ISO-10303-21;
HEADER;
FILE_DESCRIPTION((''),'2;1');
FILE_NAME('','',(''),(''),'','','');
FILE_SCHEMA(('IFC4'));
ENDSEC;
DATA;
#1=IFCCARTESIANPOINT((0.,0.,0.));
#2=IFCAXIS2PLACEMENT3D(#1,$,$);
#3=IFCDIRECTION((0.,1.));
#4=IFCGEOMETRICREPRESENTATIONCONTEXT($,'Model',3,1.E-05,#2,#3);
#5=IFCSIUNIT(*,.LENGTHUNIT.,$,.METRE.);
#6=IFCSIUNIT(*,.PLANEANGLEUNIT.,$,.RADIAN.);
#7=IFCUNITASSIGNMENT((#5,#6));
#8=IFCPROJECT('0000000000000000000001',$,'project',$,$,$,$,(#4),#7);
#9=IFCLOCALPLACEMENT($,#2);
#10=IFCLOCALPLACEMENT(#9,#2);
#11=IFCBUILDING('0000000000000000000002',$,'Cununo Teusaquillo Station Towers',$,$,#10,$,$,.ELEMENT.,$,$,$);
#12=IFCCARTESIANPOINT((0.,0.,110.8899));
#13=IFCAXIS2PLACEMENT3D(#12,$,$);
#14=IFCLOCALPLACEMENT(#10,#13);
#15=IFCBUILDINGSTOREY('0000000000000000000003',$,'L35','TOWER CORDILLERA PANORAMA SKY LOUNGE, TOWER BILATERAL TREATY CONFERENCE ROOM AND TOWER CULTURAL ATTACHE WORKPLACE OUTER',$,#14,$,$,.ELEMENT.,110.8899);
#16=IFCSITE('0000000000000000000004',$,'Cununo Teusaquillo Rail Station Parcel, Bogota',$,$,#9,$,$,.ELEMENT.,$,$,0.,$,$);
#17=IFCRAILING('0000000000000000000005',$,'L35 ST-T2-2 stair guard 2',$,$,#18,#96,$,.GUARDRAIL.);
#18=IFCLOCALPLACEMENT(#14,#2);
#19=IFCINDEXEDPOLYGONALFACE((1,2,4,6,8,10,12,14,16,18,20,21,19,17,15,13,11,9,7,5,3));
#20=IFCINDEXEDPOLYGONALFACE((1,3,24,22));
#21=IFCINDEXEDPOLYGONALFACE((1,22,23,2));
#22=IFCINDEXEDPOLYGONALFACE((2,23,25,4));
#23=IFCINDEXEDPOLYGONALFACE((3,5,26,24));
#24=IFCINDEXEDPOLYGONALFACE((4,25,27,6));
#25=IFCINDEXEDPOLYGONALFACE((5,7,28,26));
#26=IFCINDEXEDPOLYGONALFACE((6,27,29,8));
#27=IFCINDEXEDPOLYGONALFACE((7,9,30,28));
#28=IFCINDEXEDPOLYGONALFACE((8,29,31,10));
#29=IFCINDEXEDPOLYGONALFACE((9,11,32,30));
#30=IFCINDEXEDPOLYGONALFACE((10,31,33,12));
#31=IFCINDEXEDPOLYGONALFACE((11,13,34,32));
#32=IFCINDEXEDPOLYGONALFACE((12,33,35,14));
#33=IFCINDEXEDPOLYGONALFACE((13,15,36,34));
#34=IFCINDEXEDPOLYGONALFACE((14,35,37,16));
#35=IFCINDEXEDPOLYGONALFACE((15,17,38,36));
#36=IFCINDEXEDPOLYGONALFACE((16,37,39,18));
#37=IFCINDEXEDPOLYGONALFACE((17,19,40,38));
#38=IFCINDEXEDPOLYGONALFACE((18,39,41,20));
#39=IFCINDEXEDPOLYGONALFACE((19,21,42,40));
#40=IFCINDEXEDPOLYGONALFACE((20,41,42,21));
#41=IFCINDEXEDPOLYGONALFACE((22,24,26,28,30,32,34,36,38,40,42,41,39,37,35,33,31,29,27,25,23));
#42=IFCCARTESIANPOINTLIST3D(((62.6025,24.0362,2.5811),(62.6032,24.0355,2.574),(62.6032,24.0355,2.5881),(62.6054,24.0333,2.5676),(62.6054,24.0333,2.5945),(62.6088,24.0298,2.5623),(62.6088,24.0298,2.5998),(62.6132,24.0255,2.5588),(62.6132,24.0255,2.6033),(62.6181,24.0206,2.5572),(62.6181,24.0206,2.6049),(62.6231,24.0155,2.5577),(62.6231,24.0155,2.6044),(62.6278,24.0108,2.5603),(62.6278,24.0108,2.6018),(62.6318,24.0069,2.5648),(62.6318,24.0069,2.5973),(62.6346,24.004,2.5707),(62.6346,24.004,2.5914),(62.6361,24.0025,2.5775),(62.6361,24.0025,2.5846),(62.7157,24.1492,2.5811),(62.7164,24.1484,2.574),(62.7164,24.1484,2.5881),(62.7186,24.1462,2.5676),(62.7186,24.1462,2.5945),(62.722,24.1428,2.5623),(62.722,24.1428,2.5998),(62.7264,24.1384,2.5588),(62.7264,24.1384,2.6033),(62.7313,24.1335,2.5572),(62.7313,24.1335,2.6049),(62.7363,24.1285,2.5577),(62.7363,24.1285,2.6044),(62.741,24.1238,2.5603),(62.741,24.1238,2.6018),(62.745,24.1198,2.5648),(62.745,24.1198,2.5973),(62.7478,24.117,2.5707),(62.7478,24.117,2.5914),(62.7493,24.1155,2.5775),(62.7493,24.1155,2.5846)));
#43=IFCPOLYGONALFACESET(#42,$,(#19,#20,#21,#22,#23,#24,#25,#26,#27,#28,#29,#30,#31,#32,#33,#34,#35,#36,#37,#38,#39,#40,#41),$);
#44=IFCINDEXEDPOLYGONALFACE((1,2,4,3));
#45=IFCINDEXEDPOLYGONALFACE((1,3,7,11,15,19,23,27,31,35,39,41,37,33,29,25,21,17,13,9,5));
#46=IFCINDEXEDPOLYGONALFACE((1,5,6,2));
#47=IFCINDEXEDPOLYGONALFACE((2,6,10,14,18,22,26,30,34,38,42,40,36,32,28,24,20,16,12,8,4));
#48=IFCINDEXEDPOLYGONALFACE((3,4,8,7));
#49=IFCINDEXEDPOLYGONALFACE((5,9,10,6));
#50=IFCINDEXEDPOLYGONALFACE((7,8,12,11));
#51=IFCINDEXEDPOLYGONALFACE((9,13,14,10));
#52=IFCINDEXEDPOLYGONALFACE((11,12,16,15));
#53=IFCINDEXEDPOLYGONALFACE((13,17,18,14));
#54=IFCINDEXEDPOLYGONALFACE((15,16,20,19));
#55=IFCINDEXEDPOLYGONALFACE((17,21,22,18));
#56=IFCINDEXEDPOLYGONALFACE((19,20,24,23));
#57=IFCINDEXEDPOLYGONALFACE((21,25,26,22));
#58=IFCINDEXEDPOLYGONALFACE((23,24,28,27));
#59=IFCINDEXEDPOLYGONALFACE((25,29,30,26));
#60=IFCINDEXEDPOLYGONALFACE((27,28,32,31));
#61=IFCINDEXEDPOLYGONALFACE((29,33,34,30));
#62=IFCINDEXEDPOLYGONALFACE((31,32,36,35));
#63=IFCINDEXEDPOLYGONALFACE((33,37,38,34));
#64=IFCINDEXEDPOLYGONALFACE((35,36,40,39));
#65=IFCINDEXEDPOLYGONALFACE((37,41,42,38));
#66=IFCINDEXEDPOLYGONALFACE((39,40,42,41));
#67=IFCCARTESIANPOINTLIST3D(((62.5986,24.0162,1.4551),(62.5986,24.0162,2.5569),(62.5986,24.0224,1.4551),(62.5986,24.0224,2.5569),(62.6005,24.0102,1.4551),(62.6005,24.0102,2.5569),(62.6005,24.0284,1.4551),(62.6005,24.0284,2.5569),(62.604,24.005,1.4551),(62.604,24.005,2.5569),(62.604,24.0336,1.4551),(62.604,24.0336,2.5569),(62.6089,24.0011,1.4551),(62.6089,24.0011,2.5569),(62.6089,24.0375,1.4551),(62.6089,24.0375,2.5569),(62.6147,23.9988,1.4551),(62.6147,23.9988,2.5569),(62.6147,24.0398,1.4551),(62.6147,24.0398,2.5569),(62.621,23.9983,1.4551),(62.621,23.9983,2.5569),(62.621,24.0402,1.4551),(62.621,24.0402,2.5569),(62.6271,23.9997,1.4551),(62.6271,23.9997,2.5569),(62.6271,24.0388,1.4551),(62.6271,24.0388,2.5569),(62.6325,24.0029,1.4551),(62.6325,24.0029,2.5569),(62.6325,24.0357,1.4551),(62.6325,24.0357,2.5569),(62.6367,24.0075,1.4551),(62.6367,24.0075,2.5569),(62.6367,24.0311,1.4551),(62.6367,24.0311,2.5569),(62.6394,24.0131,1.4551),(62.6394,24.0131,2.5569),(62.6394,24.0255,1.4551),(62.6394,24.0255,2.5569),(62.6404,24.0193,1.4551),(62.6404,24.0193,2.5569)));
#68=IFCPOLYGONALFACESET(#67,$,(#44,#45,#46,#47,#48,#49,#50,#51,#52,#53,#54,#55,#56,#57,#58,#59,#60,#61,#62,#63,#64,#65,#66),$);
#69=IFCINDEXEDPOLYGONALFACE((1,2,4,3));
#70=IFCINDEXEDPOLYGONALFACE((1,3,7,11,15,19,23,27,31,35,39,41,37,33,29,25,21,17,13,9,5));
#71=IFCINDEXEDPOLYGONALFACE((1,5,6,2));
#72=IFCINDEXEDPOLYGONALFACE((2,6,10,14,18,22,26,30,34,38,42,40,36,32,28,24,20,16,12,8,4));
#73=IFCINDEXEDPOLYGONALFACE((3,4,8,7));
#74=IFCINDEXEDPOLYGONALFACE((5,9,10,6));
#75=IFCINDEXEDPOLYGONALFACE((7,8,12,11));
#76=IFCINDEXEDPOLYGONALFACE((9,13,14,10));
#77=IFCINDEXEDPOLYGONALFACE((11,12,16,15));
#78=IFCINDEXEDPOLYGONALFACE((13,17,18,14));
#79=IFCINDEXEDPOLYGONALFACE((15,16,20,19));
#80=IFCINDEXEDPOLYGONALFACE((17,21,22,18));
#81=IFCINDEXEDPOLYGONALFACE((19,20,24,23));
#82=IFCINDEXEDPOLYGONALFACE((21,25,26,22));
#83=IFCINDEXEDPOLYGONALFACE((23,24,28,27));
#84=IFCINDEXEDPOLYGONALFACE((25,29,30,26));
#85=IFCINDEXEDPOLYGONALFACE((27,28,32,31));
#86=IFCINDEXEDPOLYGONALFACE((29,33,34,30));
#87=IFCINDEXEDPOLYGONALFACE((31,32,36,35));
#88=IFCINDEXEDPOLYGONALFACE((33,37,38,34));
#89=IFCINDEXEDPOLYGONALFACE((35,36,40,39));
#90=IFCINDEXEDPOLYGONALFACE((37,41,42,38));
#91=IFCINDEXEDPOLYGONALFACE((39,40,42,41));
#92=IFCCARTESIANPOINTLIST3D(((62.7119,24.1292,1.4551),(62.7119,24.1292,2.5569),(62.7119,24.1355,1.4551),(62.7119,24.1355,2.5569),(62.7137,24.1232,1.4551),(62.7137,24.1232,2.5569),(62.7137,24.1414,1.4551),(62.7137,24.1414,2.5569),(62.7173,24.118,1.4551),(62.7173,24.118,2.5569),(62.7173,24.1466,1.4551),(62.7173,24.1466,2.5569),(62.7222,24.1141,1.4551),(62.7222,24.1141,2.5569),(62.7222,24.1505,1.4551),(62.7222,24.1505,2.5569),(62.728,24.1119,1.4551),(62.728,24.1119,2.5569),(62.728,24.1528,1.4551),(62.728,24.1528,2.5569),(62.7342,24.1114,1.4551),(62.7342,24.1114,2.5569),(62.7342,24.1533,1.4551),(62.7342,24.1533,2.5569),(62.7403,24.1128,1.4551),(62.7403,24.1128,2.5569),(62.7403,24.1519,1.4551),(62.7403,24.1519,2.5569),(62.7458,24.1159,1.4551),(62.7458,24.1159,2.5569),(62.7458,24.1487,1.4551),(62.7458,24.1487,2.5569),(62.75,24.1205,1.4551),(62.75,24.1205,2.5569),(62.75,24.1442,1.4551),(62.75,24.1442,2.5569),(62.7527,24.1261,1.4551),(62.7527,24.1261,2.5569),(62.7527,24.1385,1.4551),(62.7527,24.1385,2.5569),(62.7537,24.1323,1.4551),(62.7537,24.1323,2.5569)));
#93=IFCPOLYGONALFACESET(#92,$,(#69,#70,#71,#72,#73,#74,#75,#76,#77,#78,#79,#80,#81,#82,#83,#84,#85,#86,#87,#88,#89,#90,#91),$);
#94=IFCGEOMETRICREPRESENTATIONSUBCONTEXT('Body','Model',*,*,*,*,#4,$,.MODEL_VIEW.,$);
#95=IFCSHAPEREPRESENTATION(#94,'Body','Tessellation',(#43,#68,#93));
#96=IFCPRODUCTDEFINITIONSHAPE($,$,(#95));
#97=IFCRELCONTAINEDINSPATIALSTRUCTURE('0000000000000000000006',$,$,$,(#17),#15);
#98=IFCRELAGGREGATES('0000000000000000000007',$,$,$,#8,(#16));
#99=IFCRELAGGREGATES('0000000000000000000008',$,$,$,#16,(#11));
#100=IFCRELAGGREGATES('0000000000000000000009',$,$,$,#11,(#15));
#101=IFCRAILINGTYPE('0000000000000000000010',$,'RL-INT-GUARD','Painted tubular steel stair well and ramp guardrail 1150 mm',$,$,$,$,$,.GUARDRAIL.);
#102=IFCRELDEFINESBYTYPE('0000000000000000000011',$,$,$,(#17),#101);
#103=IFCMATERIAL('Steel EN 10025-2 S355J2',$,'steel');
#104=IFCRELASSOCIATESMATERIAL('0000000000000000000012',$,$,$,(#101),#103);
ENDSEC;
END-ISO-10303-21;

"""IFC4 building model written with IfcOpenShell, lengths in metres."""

from ifc_helpers import new_model, si_unit, direction, frame, origin, origin_2d, place, context, subcontext, project, spatial, circle, extrude, material, type_object, element, save


model = new_model("IFC4")

# Units and contexts
model_context = context("Model", 3, precision=1e-05, world=origin(), true_north=direction((0.0, 1.0)))
body_context = subcontext(model_context, "Body", "Model", "MODEL_VIEW")
ifc_project = project(units=[si_unit("LENGTHUNIT", "METRE"), si_unit("PLANEANGLEUNIT", "RADIAN")], contexts=[model_context])

# Site, building, storey
site_placement = place(None, origin())
site = spatial("IfcSite", under=ifc_project, at=site_placement, Name="Cununo Teusaquillo Rail Station Parcel, Bogota", CompositionType="ELEMENT", RefElevation=0.0)
building_placement = place(site_placement, origin())
building = spatial("IfcBuilding", under=site, at=building_placement, Name="Cununo Teusaquillo Station Towers", CompositionType="ELEMENT")
storey_placement = place(building_placement, frame((0.0, 0.0, 110.8899)))
storey = spatial("IfcBuildingStorey", under=building, at=storey_placement, Name="L35", Description="TOWER CORDILLERA PANORAMA SKY LOUNGE, TOWER BILATERAL TREATY CONFERENCE ROOM AND TOWER CULTURAL ATTACHE WORKPLACE OUTER", CompositionType="ELEMENT", Elevation=110.8899)

# Railing
ifc_material_1 = material(Name="Steel EN 10025-2 S355J2", Category="steel")
railing_type_1 = type_object("IfcRailingType", Name="RL-INT-GUARD", Description="Painted tubular steel stair well and ramp guardrail 1150 mm", PredefinedType="GUARDRAIL", material=ifc_material_1)
railing_1_placement = place(storey_placement, frame((62.6194, 24.0193, 1.4551)))
element("IfcRailing", 1, at=railing_1_placement, inside=storey, type_object=railing_type_1, Name="L35 ST-T2-2 stair guard 2", PredefinedType="GUARDRAIL", context=body_context, shape_type="SweptSolid", body=[
    extrude(circle(Radius=0.0239, at=origin_2d()), frame((0.0, 0.0, 1.126), z_axis=(0.707869, 0.706344, 0.0), x_axis=(-0.706344, 0.707869, 0.0)), (0.0, 0.0, 1.0), 0.1599),
    extrude(circle(Radius=0.021, at=origin_2d()), origin(), (0.0, 0.0, 1.0), 1.1018),
    extrude(circle(Radius=0.021, at=origin_2d()), frame((0.1133, 0.113, 0.0)), (0.0, 0.0, 1.0), 1.1018),
])

save(model, "model.ifc")
